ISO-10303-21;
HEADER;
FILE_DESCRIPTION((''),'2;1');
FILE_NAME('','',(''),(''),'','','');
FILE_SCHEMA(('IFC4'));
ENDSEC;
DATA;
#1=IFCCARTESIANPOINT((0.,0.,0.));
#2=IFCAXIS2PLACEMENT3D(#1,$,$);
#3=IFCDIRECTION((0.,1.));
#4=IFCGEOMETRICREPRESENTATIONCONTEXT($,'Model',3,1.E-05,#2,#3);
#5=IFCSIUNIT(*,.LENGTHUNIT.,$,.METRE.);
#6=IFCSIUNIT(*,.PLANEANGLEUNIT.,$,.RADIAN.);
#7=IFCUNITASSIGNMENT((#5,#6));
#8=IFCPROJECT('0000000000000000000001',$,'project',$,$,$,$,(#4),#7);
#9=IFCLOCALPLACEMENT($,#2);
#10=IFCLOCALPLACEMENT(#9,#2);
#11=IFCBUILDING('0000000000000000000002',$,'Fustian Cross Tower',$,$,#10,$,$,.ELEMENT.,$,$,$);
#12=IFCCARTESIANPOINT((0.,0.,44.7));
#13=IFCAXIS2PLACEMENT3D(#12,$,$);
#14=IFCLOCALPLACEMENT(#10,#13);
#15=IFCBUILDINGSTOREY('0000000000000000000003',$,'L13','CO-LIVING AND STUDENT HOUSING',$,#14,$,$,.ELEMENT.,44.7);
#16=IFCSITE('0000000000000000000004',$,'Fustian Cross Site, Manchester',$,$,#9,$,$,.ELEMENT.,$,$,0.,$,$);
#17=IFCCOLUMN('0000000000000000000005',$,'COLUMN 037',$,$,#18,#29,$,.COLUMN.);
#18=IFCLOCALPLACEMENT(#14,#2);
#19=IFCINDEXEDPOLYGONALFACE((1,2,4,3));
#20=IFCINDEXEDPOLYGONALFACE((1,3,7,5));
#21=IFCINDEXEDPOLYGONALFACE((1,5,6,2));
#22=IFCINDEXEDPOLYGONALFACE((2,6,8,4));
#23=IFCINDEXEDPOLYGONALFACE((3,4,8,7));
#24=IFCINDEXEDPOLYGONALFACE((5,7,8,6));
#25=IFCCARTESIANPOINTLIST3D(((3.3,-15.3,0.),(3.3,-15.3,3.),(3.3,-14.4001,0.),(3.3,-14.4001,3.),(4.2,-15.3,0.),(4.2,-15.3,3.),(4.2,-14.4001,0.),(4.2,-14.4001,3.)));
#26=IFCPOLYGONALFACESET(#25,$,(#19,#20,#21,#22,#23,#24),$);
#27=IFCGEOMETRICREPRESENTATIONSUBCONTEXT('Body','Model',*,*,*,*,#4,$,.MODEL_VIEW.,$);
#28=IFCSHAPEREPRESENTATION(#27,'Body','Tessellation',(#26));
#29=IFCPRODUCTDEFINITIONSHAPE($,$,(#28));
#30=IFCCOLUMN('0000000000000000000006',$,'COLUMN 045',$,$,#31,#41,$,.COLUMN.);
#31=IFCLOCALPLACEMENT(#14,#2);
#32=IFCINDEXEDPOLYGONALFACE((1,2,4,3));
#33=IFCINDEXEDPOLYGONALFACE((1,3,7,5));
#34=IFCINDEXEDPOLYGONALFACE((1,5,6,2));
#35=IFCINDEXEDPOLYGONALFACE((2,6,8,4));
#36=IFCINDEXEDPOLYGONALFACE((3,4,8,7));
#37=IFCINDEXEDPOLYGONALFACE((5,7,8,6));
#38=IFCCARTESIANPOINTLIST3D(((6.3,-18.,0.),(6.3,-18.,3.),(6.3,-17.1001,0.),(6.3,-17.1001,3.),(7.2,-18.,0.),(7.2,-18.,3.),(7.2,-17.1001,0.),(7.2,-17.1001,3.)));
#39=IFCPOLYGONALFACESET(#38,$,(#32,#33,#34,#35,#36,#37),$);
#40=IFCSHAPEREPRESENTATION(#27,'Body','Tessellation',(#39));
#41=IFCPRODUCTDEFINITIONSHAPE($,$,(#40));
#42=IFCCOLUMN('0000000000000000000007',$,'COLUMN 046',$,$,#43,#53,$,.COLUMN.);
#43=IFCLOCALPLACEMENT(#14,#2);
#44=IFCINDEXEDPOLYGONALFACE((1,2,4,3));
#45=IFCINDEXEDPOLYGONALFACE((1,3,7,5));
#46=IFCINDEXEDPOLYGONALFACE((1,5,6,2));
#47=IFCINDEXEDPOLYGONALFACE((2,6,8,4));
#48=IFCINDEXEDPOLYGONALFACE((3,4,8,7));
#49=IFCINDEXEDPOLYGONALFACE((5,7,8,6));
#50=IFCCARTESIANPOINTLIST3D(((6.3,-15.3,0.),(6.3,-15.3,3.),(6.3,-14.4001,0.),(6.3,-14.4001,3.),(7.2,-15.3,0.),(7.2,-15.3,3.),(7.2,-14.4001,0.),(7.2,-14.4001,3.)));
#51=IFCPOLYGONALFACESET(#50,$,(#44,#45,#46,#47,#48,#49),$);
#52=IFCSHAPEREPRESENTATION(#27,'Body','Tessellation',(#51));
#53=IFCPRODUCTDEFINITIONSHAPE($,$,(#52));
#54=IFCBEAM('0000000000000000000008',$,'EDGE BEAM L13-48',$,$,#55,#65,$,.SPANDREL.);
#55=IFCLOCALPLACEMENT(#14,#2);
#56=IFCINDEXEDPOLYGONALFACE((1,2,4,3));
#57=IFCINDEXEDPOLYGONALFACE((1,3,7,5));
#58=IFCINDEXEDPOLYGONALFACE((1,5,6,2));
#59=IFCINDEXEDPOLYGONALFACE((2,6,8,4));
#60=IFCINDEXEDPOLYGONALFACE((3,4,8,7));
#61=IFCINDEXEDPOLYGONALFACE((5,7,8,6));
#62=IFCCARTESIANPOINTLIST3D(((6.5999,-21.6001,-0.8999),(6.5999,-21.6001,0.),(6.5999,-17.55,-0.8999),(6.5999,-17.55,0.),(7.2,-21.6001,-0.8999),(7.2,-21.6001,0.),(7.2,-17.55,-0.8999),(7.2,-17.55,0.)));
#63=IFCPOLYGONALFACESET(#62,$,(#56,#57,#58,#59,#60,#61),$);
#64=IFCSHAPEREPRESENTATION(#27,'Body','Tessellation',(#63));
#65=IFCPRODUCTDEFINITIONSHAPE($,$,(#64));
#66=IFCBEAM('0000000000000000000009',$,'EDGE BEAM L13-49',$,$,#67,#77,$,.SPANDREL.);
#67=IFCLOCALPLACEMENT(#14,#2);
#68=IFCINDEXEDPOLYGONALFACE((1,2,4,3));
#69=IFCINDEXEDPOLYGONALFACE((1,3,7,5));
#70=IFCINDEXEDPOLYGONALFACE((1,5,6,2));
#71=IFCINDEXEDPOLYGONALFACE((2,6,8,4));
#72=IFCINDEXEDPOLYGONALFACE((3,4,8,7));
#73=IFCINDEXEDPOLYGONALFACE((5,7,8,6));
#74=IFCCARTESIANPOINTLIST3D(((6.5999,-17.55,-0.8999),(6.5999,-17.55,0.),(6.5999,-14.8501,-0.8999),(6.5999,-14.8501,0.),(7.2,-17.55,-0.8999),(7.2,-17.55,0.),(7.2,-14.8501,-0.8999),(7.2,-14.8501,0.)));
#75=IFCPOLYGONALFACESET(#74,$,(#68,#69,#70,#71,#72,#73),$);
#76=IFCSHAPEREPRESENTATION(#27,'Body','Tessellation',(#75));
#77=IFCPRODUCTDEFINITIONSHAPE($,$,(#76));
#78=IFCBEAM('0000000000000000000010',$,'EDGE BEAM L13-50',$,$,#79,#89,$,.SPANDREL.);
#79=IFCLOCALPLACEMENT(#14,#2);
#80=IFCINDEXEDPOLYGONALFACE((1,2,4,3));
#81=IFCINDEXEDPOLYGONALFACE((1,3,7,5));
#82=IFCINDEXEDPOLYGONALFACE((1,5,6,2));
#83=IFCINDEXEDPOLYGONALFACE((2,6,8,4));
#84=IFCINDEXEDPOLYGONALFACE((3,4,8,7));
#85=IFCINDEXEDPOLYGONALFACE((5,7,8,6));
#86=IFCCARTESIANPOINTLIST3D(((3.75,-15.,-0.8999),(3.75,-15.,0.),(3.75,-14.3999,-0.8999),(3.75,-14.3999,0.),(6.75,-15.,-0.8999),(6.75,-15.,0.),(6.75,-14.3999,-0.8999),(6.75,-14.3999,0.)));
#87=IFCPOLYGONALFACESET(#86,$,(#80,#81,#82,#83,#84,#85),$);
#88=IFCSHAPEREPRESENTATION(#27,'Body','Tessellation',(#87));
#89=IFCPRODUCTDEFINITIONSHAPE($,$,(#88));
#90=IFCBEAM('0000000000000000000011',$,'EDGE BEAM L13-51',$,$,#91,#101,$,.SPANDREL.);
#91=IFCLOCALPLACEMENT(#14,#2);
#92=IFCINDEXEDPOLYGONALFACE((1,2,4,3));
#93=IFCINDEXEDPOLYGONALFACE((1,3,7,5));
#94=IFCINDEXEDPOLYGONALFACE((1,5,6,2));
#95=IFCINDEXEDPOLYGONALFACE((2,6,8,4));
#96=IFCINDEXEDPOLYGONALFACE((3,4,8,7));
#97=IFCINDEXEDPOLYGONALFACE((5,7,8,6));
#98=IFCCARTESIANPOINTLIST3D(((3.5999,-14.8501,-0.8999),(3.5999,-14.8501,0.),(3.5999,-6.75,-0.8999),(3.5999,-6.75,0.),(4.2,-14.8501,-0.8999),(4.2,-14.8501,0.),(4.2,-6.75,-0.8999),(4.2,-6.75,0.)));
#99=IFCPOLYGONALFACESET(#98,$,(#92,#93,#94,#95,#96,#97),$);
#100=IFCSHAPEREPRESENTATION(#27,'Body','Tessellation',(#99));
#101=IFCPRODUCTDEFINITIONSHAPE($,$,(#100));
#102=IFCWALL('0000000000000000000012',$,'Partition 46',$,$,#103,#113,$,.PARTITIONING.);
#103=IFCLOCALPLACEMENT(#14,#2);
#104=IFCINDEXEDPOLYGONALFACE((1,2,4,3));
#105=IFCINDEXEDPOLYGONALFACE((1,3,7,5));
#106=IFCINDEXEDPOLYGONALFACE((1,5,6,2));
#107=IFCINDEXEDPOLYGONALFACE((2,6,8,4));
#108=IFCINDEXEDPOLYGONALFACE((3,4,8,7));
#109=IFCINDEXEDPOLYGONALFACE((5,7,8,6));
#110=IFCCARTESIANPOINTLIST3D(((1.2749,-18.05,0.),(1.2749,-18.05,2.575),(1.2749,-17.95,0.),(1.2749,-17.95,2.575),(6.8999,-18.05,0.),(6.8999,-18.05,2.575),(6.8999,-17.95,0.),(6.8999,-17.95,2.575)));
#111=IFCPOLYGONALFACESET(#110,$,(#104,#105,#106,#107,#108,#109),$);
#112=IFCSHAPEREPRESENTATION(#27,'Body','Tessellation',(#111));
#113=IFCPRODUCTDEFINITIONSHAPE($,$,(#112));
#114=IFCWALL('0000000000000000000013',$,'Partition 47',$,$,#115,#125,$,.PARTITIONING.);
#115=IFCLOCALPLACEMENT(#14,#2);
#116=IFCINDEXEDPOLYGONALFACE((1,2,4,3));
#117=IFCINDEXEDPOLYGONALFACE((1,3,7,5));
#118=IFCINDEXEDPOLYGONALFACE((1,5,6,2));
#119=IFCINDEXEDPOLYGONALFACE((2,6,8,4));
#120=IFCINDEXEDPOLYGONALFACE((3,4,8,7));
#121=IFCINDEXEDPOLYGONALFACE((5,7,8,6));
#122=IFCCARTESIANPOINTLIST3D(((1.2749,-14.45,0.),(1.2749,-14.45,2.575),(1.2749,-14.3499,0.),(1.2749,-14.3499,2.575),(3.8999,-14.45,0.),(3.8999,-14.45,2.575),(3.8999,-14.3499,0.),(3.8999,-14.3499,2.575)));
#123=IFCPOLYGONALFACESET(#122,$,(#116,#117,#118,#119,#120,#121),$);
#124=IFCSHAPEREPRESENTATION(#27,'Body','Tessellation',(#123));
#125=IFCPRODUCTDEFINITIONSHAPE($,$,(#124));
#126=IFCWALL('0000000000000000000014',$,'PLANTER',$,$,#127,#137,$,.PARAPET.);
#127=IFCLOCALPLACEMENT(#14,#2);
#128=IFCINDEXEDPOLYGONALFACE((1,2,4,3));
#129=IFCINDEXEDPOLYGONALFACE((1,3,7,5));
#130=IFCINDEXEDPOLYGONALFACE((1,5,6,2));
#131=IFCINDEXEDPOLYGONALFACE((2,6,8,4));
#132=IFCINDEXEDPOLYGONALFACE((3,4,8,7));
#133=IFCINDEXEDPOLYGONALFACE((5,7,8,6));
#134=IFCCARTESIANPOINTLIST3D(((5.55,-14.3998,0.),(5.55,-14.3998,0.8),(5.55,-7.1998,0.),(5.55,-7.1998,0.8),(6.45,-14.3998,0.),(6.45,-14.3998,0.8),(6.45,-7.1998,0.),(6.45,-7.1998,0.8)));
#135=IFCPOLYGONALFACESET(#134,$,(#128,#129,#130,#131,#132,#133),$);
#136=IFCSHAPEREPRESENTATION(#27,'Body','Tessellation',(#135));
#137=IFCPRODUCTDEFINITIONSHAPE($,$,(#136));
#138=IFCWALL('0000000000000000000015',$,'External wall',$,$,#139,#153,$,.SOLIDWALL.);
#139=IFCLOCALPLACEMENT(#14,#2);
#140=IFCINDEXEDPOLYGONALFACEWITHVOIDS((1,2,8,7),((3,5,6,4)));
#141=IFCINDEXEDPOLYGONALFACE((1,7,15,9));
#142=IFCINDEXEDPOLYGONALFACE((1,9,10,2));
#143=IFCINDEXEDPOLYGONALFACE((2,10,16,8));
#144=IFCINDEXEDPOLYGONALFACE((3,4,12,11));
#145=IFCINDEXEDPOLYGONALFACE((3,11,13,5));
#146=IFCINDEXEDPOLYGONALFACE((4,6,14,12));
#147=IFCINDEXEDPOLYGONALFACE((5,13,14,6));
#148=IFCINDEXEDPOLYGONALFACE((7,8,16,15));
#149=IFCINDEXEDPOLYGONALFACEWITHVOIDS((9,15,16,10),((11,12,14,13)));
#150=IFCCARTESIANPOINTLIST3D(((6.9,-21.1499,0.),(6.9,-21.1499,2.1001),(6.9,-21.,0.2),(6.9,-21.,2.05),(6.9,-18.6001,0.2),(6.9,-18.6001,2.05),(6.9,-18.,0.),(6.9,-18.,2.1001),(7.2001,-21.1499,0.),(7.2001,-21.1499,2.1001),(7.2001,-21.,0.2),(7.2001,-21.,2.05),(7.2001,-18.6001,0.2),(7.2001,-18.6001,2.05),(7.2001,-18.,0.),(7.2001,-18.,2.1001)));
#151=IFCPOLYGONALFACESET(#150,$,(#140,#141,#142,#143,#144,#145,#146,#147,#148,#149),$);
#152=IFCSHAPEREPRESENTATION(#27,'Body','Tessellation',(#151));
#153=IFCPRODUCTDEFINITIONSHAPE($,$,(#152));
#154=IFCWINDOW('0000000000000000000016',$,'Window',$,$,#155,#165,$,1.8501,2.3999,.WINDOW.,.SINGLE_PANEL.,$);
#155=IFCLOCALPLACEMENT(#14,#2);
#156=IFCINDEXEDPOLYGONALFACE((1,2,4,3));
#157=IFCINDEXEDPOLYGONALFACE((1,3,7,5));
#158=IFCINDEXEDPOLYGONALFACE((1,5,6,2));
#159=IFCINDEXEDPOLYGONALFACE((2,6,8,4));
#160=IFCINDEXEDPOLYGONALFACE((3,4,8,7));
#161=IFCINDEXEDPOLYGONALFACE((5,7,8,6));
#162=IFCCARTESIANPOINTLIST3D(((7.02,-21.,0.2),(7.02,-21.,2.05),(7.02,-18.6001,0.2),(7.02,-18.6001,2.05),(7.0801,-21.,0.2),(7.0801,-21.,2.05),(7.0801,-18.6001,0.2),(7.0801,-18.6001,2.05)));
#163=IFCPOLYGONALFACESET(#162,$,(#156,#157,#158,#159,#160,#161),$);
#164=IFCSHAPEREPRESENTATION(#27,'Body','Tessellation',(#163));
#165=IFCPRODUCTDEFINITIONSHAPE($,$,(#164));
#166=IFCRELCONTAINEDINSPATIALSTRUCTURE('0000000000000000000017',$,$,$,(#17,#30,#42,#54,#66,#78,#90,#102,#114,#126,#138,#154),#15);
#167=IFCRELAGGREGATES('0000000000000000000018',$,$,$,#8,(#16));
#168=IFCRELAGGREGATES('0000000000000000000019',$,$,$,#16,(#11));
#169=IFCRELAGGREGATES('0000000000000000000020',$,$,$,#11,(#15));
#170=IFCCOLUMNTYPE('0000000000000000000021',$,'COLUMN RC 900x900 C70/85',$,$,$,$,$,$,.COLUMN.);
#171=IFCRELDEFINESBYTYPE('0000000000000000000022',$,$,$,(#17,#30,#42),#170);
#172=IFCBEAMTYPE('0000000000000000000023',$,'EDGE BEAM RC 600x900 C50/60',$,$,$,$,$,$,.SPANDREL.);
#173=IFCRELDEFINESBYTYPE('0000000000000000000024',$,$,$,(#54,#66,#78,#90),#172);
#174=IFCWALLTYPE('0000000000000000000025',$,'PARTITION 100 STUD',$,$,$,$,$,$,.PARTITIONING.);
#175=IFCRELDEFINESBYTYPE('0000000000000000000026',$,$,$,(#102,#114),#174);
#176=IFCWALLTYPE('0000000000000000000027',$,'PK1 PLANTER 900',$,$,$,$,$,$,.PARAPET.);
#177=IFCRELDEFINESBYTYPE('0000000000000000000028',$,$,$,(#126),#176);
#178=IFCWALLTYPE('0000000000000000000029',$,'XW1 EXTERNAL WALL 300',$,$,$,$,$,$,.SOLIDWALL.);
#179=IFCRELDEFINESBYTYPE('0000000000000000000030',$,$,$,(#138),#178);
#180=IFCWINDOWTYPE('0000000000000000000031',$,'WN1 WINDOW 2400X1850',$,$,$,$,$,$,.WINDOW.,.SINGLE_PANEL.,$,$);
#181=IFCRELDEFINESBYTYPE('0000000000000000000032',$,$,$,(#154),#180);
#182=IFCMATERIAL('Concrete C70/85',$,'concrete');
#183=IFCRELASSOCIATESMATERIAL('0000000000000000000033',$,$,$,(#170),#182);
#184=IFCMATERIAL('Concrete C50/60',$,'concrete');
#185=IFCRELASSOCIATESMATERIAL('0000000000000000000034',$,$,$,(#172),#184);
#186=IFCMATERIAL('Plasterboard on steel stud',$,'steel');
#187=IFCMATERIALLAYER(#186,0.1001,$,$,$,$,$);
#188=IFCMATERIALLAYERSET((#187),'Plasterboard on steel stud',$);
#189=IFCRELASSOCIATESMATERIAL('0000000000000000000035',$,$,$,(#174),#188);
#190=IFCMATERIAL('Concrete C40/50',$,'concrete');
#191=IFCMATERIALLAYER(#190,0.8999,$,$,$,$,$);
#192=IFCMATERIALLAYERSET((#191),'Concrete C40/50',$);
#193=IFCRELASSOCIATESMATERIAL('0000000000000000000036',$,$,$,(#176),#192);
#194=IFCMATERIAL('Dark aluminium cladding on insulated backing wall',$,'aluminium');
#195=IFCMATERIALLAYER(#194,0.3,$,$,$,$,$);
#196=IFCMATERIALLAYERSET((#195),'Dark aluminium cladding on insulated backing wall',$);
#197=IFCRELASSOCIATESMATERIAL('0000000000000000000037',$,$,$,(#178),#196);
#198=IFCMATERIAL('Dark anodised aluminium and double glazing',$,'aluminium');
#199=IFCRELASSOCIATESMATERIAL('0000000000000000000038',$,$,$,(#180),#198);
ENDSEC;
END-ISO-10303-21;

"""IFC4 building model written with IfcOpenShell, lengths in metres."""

from ifc_helpers import new_model, si_unit, direction, frame, frame_2d, origin, origin_2d, place, context, subcontext, project, spatial, rectangle, extrude, material, layer, layer_set, material_profile, profile_set, type_object, element, fill, save


model = new_model("IFC4")

# Units and contexts
model_context = context("Model", 3, precision=1e-05, world=origin(), true_north=direction((0.0, 1.0)))
body_context = subcontext(model_context, "Body", "Model", "MODEL_VIEW")
ifc_project = project(units=[si_unit("LENGTHUNIT", "METRE"), si_unit("PLANEANGLEUNIT", "RADIAN")], contexts=[model_context])

# Site, building, storey
site_placement = place(None, origin())
site = spatial("IfcSite", under=ifc_project, at=site_placement, Name="Fustian Cross Site, Manchester", CompositionType="ELEMENT", RefElevation=0.0)
building_placement = place(site_placement, origin())
building = spatial("IfcBuilding", under=site, at=building_placement, Name="Fustian Cross Tower", CompositionType="ELEMENT")
storey_placement = place(building_placement, frame((0.0, 0.0, 44.7)))
storey = spatial("IfcBuildingStorey", under=building, at=storey_placement, Name="L13", Description="CO-LIVING AND STUDENT HOUSING", CompositionType="ELEMENT", Elevation=44.7)

# Columns
ifc_material_1 = material(Name="Concrete C70/85", Category="concrete")
ifc_material_profile_1 = material_profile(ifc_material_1, rectangle(XDim=0.8999, YDim=0.8999, at=origin_2d()), Name="RC 900x900")
ifc_profile_set_1 = profile_set([ifc_material_profile_1], Name="Concrete C70/85")
column_type = type_object("IfcColumnType", Name="COLUMN RC 900x900 C70/85", PredefinedType="COLUMN", material=ifc_profile_set_1)
for number, where, z_axis, x_axis, name in (
    (1, (3.75, -14.8501, 0.0), (0.0, 0.0, 1.0), (1.0, 0.0, 0.0), "COLUMN 037"),
    (2, (6.75, -17.55, 0.0), (0.0, 0.0, 1.0), (1.0, 0.0, 0.0), "COLUMN 045"),
    (3, (6.75, -14.8501, 0.0), (0.0, 0.0, 1.0), (1.0, 0.0, 0.0), "COLUMN 046"),
):
    element("IfcColumn", number, at=place(storey_placement, frame(where, z_axis=z_axis, x_axis=x_axis)), inside=storey, type_object=column_type, Name=name, PredefinedType="COLUMN", context=body_context, shape_type="SweptSolid", body=[
        extrude(rectangle(XDim=0.8999, YDim=0.8999, at=origin_2d()), origin(), (0.0, 0.0, 1.0), 3.0),
    ])

# Beams
ifc_material_2 = material(Name="Concrete C50/60", Category="concrete")
ifc_material_profile_2 = material_profile(ifc_material_2, rectangle(XDim=0.6001, YDim=0.8999, at=origin_2d()), Name="RC 600x900")
ifc_profile_set_2 = profile_set([ifc_material_profile_2], Name="Concrete C50/60")
beam_type = type_object("IfcBeamType", Name="EDGE BEAM RC 600x900 C50/60", PredefinedType="SPANDREL", material=ifc_profile_set_2)
beam_1_placement = place(storey_placement, frame((6.8999, -21.6001, -0.45), z_axis=(0.0, 1.0, 0.0), x_axis=(-1.0, 0.0, 0.0)))
element("IfcBeam", 4, at=beam_1_placement, inside=storey, type_object=beam_type, Name="EDGE BEAM L13-48", PredefinedType="SPANDREL", context=body_context, shape_type="SweptSolid", body=[
    extrude(rectangle(XDim=0.6001, YDim=0.8999, at=origin_2d()), origin(), (0.0, 0.0, 1.0), 4.05),
])
beam_2_placement = place(storey_placement, frame((6.8999, -17.55, -0.45), z_axis=(0.0, 1.0, 0.0), x_axis=(-1.0, 0.0, 0.0)))
element("IfcBeam", 5, at=beam_2_placement, inside=storey, type_object=beam_type, Name="EDGE BEAM L13-49", PredefinedType="SPANDREL", context=body_context, shape_type="SweptSolid", body=[
    extrude(rectangle(XDim=0.6001, YDim=0.8999, at=origin_2d()), origin(), (0.0, 0.0, 1.0), 2.7),
])
beam_3_placement = place(storey_placement, frame((6.75, -14.7, -0.45), z_axis=(-1.0, 0.0, 0.0), x_axis=(0.0, -1.0, 0.0)))
element("IfcBeam", 6, at=beam_3_placement, inside=storey, type_object=beam_type, Name="EDGE BEAM L13-50", PredefinedType="SPANDREL", context=body_context, shape_type="SweptSolid", body=[
    extrude(rectangle(XDim=0.6001, YDim=0.8999, at=origin_2d()), origin(), (0.0, 0.0, 1.0), 3.0),
])
beam_4_placement = place(storey_placement, frame((3.8999, -14.8501, -0.45), z_axis=(0.0, 1.0, 0.0), x_axis=(-1.0, 0.0, 0.0)))
element("IfcBeam", 7, at=beam_4_placement, inside=storey, type_object=beam_type, Name="EDGE BEAM L13-51", PredefinedType="SPANDREL", context=body_context, shape_type="SweptSolid", body=[
    extrude(rectangle(XDim=0.6001, YDim=0.8999, at=origin_2d()), origin(), (0.0, 0.0, 1.0), 8.1001),
])

# Walls
ifc_material_3 = material(Name="Plasterboard on steel stud", Category="steel")
ifc_layer_1 = layer(ifc_material_3, 0.1001)
ifc_layer_set_1 = layer_set([ifc_layer_1], Name="Plasterboard on steel stud")
wall_type_1 = type_object("IfcWallType", Name="PARTITION 100 STUD", PredefinedType="PARTITIONING", material=ifc_layer_set_1)
wall_1_placement = place(storey_placement, frame((1.2749, -18.0, 0.0), z_axis=(0.0, 0.0, 1.0), x_axis=(1.0, 0.0, 0.0)))
element("IfcWall", 8, at=wall_1_placement, inside=storey, type_object=wall_type_1, Name="Partition 46", PredefinedType="PARTITIONING", context=body_context, shape_type="SweptSolid", body=[
    extrude(rectangle(XDim=5.625, YDim=0.1001, at=frame_2d((2.8125, 0.0))), origin(), (0.0, 0.0, 1.0), 2.575),
])
wall_2_placement = place(storey_placement, frame((1.2749, -14.3999, 0.0), z_axis=(0.0, 0.0, 1.0), x_axis=(1.0, 0.0, 0.0)))
element("IfcWall", 9, at=wall_2_placement, inside=storey, type_object=wall_type_1, Name="Partition 47", PredefinedType="PARTITIONING", context=body_context, shape_type="SweptSolid", body=[
    extrude(rectangle(XDim=2.625, YDim=0.1001, at=frame_2d((1.3125, 0.0))), origin(), (0.0, 0.0, 1.0), 2.575),
])
ifc_material_4 = material(Name="Concrete C40/50", Category="concrete")
ifc_layer_2 = layer(ifc_material_4, 0.8999)
ifc_layer_set_2 = layer_set([ifc_layer_2], Name="Concrete C40/50")
wall_type_2 = type_object("IfcWallType", Name="PK1 PLANTER 900", PredefinedType="PARAPET", material=ifc_layer_set_2)
wall_3_placement = place(storey_placement, frame((6.0, -14.3999, 0.0), z_axis=(0.0, 0.0, 1.0), x_axis=(0.0, 1.0, 0.0)))
element("IfcWall", 10, at=wall_3_placement, inside=storey, type_object=wall_type_2, Name="PLANTER", PredefinedType="PARAPET", context=body_context, shape_type="SweptSolid", body=[
    extrude(rectangle(XDim=7.2, YDim=0.8999, at=frame_2d((3.6001, 0.0))), origin(), (0.0, 0.0, 1.0), 0.8),
])

# Wall, opening, window
ifc_material_5 = material(Name="Dark aluminium cladding on insulated backing wall", Category="aluminium")
ifc_layer_3 = layer(ifc_material_5, 0.3)
ifc_layer_set_3 = layer_set([ifc_layer_3], Name="Dark aluminium cladding on insulated backing wall")
wall_type_3 = type_object("IfcWallType", Name="XW1 EXTERNAL WALL 300", PredefinedType="SOLIDWALL", material=ifc_layer_set_3)
wall_4_placement = place(storey_placement, frame((7.05, -21.1499, 0.0), z_axis=(0.0, 0.0, 1.0), x_axis=(0.0, 1.0, 0.0)))
wall_4 = element("IfcWall", 11, at=wall_4_placement, inside=storey, type_object=wall_type_3, Name="External wall", PredefinedType="SOLIDWALL", context=body_context, shape_type="SweptSolid", body=[
    extrude(rectangle(XDim=3.1499, YDim=0.3, at=frame_2d((1.575, 0.0))), origin(), (0.0, 0.0, 1.0), 2.1001),
])
opening_1_placement = place(wall_4_placement, frame((0.1499, 0.0, 0.2)))
opening_1 = element("IfcOpeningElement", 12, at=opening_1_placement, cuts=wall_4, PredefinedType="OPENING", context=body_context, shape_type="SweptSolid", body=[
    extrude(rectangle(XDim=2.3999, YDim=1.8501, at=frame_2d((1.2, 0.925))), frame((0.0, 0.1599, 0.0), z_axis=(0.0, -1.0, 0.0), x_axis=(1.0, 0.0, 0.0)), (0.0, 0.0, 1.0), 0.3201),
])
ifc_material_6 = material(Name="Dark anodised aluminium and double glazing", Category="aluminium")
window_type_1 = type_object("IfcWindowType", Name="WN1 WINDOW 2400X1850", PartitioningType="SINGLE_PANEL", PredefinedType="WINDOW", material=ifc_material_6)
window_1_placement = place(opening_1_placement, origin())
window_1 = element("IfcWindow", 13, at=window_1_placement, inside=storey, type_object=window_type_1, Name="Window", OverallHeight=1.8501, OverallWidth=2.3999, PartitioningType="SINGLE_PANEL", PredefinedType="WINDOW", context=body_context, shape_type="SweptSolid", body=[
    extrude(rectangle(XDim=2.3999, YDim=1.8501, at=frame_2d((1.2, 0.925))), frame((0.0, 0.03, 0.0), z_axis=(0.0, -1.0, 0.0), x_axis=(1.0, 0.0, 0.0)), (0.0, 0.0, 1.0), 0.0601),
])
fill(opening_1, window_1)

save(model, "model.ifc")
